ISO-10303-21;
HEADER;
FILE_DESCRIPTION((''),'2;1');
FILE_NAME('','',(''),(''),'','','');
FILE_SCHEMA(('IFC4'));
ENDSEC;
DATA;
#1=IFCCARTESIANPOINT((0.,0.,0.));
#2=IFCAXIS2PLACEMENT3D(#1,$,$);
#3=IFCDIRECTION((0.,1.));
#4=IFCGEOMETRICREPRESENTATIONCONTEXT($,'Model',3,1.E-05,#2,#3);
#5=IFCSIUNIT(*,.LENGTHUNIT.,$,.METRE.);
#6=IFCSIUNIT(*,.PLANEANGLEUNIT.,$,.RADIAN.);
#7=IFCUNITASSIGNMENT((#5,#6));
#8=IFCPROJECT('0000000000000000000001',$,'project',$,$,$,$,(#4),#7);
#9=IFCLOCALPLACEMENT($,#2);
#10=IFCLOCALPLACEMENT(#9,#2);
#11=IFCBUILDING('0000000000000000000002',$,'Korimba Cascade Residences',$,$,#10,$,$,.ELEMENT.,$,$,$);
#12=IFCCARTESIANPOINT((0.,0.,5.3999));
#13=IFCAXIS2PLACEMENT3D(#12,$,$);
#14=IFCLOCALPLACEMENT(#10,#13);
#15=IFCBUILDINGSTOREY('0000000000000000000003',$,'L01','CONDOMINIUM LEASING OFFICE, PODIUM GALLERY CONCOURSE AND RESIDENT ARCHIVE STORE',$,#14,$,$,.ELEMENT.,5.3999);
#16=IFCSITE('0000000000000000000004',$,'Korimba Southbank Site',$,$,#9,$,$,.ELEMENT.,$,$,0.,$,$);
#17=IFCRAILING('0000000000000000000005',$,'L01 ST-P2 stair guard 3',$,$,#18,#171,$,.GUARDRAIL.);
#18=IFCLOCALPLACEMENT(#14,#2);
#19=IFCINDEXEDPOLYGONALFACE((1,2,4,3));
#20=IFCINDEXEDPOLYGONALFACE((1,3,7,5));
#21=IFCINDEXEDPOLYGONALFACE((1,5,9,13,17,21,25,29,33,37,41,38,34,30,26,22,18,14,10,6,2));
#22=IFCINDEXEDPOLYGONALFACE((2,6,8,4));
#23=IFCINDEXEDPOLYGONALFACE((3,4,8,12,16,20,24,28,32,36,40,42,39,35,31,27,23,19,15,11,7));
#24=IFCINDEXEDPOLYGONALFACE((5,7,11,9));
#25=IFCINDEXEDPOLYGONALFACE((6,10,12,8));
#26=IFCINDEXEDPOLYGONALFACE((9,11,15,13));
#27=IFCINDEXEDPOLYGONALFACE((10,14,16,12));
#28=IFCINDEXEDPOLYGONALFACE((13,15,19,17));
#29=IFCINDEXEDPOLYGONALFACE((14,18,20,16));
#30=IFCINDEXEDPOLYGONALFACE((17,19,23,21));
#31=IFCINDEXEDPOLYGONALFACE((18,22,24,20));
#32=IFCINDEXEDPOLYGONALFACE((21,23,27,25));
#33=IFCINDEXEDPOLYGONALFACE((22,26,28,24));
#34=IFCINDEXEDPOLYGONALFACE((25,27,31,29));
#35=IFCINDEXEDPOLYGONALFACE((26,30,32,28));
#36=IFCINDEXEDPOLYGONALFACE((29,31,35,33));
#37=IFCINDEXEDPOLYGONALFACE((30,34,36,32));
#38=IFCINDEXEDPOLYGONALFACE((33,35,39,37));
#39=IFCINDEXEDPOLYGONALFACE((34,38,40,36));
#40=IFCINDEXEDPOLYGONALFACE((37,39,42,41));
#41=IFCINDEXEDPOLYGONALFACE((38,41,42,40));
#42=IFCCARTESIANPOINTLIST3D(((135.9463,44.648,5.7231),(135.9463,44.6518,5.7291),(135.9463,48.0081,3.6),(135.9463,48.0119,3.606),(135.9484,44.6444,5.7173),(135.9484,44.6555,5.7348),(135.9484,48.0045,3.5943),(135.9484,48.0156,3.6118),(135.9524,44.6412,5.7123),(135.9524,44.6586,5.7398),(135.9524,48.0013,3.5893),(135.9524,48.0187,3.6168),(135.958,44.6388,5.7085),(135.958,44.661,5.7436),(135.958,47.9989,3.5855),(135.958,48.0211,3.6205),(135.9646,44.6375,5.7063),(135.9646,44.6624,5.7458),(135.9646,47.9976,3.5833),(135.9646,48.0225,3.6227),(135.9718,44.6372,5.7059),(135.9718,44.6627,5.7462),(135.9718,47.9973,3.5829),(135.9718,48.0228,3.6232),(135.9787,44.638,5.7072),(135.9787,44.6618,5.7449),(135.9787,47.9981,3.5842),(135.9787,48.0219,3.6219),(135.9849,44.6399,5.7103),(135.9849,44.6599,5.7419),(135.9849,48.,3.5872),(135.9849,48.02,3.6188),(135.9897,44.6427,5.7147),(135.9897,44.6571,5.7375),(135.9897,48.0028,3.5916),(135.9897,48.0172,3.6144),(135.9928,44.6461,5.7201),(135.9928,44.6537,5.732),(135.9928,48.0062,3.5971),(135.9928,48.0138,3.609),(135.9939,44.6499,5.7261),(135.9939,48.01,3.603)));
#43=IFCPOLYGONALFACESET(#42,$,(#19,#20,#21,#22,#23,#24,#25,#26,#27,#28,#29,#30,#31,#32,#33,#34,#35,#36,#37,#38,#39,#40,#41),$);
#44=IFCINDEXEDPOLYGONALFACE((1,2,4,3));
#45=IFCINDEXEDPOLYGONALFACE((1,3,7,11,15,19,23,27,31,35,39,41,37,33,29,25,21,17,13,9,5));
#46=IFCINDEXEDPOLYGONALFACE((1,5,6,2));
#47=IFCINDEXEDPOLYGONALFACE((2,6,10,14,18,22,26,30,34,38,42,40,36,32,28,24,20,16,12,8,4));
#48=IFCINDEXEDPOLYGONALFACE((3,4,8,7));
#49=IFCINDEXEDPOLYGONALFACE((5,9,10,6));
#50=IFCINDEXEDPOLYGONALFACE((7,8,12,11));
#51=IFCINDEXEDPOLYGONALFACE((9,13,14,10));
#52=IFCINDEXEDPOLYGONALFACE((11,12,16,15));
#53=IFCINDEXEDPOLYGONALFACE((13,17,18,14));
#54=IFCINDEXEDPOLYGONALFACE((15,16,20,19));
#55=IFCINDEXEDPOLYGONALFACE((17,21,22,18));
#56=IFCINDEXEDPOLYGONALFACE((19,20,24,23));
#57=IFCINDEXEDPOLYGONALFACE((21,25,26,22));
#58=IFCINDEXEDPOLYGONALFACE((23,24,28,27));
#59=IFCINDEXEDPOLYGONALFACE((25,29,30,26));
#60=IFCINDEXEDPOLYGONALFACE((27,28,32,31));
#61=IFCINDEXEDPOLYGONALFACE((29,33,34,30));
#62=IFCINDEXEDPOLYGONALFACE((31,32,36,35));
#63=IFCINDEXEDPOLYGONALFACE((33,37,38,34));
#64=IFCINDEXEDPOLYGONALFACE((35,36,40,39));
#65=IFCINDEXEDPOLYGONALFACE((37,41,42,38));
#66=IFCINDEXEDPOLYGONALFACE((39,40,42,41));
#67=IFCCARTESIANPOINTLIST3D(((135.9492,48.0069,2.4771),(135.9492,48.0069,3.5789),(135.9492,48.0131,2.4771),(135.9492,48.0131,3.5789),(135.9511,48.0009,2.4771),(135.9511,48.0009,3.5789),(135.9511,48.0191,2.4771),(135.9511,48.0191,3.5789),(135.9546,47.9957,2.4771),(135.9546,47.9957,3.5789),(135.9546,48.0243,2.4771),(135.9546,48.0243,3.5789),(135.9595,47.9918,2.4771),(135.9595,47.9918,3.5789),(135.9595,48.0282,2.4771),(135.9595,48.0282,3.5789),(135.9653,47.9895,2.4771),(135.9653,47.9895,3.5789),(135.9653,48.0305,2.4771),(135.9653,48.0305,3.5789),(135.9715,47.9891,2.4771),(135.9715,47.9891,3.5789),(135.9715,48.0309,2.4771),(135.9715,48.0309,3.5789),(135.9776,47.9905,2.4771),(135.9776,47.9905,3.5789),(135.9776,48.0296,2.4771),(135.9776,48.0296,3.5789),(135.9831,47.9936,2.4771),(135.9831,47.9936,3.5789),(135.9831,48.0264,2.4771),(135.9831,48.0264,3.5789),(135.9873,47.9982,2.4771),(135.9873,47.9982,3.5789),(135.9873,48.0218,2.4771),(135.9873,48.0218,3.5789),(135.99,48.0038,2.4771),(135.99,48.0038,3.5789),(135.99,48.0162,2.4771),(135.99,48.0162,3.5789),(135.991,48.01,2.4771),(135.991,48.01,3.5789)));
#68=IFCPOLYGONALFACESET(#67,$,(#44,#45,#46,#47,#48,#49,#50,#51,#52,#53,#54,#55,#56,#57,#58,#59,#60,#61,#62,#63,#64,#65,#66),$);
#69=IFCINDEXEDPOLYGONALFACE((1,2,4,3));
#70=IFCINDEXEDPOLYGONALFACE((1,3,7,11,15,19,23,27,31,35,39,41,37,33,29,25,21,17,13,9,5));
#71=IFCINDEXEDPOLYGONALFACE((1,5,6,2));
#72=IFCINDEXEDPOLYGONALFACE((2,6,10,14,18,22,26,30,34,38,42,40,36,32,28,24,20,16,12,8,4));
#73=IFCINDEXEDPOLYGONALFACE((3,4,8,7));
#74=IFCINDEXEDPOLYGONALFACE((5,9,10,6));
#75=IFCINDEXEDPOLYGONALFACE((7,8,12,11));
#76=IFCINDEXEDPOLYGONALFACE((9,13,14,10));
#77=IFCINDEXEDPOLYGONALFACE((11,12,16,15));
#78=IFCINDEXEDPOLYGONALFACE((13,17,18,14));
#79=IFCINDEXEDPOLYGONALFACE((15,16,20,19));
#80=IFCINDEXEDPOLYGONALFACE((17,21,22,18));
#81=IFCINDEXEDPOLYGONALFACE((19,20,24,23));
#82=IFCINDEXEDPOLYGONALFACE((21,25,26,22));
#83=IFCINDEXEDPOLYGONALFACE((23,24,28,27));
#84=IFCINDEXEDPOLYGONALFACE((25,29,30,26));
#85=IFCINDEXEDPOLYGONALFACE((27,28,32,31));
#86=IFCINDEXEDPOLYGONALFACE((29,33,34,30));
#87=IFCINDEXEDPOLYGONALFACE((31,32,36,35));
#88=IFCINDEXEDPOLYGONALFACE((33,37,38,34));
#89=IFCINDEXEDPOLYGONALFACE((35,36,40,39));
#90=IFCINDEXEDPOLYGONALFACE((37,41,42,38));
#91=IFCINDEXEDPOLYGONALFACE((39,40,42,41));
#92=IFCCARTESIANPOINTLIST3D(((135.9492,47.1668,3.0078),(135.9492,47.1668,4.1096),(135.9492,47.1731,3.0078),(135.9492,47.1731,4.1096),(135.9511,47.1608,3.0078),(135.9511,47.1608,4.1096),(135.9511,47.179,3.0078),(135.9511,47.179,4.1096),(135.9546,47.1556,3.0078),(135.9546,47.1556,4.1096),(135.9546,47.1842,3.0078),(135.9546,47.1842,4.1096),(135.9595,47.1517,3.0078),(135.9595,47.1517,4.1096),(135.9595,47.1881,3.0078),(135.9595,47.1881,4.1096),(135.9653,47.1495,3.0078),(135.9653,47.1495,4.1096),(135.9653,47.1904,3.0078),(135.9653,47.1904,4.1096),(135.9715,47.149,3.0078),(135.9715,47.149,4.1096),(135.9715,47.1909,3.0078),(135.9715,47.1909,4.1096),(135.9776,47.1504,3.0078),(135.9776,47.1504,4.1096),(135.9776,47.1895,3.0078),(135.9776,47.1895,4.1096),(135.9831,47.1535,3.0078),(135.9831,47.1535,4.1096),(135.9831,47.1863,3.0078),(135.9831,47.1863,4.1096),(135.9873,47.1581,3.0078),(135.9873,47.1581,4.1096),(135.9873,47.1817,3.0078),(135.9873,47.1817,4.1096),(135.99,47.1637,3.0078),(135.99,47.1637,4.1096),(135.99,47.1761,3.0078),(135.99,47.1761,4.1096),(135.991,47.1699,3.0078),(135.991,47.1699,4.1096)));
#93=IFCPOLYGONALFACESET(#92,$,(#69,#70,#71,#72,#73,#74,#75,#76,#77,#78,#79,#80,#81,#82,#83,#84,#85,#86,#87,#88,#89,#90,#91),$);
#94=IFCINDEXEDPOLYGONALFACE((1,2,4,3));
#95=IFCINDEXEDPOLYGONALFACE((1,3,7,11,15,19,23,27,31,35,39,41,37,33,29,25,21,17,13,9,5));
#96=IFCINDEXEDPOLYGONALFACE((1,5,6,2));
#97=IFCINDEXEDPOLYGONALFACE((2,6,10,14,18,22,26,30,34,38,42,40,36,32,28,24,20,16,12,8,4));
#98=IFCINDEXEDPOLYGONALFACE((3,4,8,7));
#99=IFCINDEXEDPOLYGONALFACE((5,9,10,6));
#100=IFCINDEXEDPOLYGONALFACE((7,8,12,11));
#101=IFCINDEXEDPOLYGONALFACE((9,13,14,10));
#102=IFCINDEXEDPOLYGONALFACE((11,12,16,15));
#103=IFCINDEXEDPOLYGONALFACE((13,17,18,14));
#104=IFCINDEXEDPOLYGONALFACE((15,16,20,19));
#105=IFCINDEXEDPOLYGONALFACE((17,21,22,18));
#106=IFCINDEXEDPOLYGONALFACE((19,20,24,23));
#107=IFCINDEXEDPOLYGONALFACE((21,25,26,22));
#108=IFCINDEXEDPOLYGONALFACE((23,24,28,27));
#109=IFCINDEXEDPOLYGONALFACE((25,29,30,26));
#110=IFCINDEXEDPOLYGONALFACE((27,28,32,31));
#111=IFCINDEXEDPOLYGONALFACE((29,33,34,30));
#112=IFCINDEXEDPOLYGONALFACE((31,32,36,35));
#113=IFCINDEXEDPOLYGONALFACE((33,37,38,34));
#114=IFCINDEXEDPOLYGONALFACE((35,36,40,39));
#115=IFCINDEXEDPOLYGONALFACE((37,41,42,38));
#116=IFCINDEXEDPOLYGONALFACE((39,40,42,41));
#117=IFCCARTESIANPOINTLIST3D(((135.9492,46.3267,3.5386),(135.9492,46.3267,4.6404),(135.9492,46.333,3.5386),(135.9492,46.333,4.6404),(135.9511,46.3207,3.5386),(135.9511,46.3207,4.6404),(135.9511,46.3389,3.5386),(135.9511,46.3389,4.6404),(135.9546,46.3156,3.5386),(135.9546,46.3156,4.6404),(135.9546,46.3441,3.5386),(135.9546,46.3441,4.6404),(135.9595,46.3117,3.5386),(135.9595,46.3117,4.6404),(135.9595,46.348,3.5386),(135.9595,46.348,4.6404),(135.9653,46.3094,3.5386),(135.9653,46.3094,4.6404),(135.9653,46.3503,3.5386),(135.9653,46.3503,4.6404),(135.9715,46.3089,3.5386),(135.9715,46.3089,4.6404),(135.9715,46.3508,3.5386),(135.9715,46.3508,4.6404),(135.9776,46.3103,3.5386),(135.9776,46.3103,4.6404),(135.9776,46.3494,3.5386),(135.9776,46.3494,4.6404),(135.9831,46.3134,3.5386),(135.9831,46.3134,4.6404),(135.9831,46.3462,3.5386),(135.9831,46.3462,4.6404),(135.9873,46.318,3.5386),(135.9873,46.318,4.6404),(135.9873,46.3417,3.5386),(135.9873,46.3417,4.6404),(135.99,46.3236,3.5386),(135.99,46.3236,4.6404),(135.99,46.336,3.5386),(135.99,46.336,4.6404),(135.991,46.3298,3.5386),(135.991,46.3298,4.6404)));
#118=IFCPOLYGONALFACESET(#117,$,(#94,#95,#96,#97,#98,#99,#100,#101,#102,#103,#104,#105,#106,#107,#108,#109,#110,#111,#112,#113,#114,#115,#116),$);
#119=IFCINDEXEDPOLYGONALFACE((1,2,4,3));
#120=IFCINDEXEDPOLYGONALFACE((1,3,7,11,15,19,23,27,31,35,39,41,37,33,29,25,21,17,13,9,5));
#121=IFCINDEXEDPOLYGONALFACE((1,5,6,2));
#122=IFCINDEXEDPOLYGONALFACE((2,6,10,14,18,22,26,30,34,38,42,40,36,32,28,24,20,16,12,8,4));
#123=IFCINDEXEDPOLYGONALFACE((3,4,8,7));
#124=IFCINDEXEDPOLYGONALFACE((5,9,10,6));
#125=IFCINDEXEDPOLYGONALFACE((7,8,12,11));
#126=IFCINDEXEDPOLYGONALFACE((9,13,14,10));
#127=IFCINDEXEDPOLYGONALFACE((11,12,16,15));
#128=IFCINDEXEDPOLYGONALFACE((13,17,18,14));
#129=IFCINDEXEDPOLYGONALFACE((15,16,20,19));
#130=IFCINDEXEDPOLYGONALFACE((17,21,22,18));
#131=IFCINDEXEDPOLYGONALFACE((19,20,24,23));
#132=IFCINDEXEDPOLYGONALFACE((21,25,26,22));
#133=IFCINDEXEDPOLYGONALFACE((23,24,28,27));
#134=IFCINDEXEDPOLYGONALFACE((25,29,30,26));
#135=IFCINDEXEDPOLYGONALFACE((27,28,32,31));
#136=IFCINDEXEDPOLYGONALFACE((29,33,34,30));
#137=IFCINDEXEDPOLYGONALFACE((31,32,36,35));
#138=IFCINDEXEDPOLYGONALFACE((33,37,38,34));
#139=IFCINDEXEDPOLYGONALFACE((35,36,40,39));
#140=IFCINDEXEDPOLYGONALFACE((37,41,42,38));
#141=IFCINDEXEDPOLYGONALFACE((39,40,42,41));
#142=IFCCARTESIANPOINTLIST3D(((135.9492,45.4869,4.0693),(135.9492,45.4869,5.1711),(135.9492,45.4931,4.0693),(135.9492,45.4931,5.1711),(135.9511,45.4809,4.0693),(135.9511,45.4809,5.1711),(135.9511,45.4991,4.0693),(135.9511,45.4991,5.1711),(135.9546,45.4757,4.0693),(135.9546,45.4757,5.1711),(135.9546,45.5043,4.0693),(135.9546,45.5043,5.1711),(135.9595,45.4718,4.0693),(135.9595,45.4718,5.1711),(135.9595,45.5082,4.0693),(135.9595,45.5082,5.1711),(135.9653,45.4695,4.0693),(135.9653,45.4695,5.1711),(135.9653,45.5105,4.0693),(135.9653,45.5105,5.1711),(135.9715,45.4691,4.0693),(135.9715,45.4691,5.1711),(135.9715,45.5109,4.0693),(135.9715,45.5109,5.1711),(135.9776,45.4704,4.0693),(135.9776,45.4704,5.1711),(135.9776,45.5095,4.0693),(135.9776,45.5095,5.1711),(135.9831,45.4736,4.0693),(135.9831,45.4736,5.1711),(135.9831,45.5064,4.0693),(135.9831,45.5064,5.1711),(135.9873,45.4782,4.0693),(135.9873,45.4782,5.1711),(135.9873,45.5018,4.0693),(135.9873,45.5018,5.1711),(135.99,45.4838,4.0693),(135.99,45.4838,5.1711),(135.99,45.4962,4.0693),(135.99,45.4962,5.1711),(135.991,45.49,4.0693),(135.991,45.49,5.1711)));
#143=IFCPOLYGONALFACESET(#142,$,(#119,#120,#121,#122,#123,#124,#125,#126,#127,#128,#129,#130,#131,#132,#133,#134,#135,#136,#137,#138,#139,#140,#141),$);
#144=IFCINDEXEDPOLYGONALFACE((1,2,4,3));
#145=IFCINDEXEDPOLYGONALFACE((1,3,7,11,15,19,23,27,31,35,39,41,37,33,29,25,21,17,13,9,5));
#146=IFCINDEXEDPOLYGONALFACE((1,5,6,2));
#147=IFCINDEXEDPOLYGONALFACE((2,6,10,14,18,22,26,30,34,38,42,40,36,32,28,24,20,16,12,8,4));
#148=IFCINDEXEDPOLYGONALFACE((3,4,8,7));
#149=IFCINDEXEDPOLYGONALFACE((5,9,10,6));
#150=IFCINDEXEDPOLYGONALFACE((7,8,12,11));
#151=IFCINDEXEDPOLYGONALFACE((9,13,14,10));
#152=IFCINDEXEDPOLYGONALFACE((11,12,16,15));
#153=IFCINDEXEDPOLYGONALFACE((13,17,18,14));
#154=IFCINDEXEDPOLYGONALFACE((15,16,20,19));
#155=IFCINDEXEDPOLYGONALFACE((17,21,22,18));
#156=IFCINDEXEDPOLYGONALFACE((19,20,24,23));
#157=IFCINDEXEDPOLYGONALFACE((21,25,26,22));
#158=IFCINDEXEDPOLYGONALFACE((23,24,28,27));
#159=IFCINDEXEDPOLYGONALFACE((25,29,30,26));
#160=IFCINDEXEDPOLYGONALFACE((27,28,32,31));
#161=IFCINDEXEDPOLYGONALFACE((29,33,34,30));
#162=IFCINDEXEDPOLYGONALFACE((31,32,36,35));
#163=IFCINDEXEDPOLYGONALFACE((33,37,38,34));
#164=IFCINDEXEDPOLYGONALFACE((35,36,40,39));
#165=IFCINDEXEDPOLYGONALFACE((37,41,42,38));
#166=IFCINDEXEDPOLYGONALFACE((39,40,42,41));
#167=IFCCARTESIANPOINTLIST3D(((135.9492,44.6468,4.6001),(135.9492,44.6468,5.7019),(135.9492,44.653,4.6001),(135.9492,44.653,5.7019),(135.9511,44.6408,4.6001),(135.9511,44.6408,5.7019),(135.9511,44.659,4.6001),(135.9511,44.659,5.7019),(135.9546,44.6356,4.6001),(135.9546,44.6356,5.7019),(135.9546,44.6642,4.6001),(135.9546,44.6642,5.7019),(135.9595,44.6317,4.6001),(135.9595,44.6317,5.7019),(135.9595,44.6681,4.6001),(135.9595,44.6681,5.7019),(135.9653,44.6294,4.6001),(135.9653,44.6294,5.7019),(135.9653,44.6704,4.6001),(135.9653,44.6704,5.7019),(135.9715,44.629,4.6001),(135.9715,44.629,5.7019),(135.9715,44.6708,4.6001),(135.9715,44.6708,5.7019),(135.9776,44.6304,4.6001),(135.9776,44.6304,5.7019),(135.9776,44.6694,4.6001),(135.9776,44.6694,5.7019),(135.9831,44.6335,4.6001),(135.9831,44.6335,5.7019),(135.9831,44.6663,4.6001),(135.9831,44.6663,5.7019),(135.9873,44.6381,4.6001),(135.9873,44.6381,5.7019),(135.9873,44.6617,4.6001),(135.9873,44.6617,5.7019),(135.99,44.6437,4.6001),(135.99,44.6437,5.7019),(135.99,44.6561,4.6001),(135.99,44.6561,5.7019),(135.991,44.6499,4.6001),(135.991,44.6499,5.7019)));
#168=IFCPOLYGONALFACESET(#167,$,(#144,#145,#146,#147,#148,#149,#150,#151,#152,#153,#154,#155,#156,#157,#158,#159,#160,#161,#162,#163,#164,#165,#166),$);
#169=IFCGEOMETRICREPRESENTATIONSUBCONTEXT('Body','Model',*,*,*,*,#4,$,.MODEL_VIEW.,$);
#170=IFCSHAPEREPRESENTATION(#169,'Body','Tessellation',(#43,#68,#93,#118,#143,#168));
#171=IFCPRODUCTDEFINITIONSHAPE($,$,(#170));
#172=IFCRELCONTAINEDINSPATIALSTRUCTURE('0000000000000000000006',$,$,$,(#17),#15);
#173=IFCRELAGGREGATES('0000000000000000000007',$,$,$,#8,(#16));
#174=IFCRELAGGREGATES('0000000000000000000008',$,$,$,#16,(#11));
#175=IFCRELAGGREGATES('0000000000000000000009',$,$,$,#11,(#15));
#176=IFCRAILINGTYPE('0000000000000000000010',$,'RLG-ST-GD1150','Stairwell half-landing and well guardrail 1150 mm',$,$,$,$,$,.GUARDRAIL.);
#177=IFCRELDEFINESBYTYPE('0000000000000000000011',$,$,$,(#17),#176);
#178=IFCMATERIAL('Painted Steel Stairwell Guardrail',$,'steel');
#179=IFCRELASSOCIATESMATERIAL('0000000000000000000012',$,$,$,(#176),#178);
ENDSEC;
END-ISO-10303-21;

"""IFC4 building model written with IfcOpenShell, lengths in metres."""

from ifc_helpers import new_model, si_unit, direction, frame, origin, origin_2d, place, context, subcontext, project, spatial, circle, extrude, material, type_object, element, save


model = new_model("IFC4")

# Units and contexts
model_context = context("Model", 3, precision=1e-05, world=origin(), true_north=direction((0.0, 1.0)))
body_context = subcontext(model_context, "Body", "Model", "MODEL_VIEW")
ifc_project = project(units=[si_unit("LENGTHUNIT", "METRE"), si_unit("PLANEANGLEUNIT", "RADIAN")], contexts=[model_context])

# Site, building, storey
site_placement = place(None, origin())
site = spatial("IfcSite", under=ifc_project, at=site_placement, Name="Korimba Southbank Site", CompositionType="ELEMENT", RefElevation=0.0)
building_placement = place(site_placement, origin())
building = spatial("IfcBuilding", under=site, at=building_placement, Name="Korimba Cascade Residences", CompositionType="ELEMENT")
storey_placement = place(building_placement, frame((0.0, 0.0, 5.3999)))
storey = spatial("IfcBuildingStorey", under=building, at=storey_placement, Name="L01", Description="CONDOMINIUM LEASING OFFICE, PODIUM GALLERY CONCOURSE AND RESIDENT ARCHIVE STORE", CompositionType="ELEMENT", Elevation=5.3999)

# Railing
ifc_material_1 = material(Name="Painted Steel Stairwell Guardrail", Category="steel")
railing_type_1 = type_object("IfcRailingType", Name="RLG-ST-GD1150", Description="Stairwell half-landing and well guardrail 1150 mm", PredefinedType="GUARDRAIL", material=ifc_material_1)
railing_1_placement = place(storey_placement, frame((135.97, 48.01, 2.4771)))
element("IfcRailing", 1, at=railing_1_placement, inside=storey, type_object=railing_type_1, Name="L01 ST-P2 stair guard 3", PredefinedType="GUARDRAIL", context=body_context, shape_type="SweptSolid", body=[
    extrude(circle(Radius=0.0239, at=origin_2d()), frame((0.0, 0.0, 1.126), z_axis=(0.0, -0.84539, 0.53415), x_axis=(1.0, 0.0, 0.0)), (0.0, 0.0, 1.0), 3.9746),
    extrude(circle(Radius=0.021, at=origin_2d()), origin(), (0.0, 0.0, 1.0), 1.1018),
    extrude(circle(Radius=0.021, at=origin_2d()), frame((0.0, -0.8401, 0.5308)), (0.0, 0.0, 1.0), 1.1018),
    extrude(circle(Radius=0.021, at=origin_2d()), frame((0.0, -1.6802, 1.0615)), (0.0, 0.0, 1.0), 1.1018),
    extrude(circle(Radius=0.021, at=origin_2d()), frame((0.0, -2.52, 1.5923)), (0.0, 0.0, 1.0), 1.1018),
    extrude(circle(Radius=0.021, at=origin_2d()), frame((0.0, -3.3601, 2.123)), (0.0, 0.0, 1.0), 1.1018),
])

save(model, "model.ifc")
